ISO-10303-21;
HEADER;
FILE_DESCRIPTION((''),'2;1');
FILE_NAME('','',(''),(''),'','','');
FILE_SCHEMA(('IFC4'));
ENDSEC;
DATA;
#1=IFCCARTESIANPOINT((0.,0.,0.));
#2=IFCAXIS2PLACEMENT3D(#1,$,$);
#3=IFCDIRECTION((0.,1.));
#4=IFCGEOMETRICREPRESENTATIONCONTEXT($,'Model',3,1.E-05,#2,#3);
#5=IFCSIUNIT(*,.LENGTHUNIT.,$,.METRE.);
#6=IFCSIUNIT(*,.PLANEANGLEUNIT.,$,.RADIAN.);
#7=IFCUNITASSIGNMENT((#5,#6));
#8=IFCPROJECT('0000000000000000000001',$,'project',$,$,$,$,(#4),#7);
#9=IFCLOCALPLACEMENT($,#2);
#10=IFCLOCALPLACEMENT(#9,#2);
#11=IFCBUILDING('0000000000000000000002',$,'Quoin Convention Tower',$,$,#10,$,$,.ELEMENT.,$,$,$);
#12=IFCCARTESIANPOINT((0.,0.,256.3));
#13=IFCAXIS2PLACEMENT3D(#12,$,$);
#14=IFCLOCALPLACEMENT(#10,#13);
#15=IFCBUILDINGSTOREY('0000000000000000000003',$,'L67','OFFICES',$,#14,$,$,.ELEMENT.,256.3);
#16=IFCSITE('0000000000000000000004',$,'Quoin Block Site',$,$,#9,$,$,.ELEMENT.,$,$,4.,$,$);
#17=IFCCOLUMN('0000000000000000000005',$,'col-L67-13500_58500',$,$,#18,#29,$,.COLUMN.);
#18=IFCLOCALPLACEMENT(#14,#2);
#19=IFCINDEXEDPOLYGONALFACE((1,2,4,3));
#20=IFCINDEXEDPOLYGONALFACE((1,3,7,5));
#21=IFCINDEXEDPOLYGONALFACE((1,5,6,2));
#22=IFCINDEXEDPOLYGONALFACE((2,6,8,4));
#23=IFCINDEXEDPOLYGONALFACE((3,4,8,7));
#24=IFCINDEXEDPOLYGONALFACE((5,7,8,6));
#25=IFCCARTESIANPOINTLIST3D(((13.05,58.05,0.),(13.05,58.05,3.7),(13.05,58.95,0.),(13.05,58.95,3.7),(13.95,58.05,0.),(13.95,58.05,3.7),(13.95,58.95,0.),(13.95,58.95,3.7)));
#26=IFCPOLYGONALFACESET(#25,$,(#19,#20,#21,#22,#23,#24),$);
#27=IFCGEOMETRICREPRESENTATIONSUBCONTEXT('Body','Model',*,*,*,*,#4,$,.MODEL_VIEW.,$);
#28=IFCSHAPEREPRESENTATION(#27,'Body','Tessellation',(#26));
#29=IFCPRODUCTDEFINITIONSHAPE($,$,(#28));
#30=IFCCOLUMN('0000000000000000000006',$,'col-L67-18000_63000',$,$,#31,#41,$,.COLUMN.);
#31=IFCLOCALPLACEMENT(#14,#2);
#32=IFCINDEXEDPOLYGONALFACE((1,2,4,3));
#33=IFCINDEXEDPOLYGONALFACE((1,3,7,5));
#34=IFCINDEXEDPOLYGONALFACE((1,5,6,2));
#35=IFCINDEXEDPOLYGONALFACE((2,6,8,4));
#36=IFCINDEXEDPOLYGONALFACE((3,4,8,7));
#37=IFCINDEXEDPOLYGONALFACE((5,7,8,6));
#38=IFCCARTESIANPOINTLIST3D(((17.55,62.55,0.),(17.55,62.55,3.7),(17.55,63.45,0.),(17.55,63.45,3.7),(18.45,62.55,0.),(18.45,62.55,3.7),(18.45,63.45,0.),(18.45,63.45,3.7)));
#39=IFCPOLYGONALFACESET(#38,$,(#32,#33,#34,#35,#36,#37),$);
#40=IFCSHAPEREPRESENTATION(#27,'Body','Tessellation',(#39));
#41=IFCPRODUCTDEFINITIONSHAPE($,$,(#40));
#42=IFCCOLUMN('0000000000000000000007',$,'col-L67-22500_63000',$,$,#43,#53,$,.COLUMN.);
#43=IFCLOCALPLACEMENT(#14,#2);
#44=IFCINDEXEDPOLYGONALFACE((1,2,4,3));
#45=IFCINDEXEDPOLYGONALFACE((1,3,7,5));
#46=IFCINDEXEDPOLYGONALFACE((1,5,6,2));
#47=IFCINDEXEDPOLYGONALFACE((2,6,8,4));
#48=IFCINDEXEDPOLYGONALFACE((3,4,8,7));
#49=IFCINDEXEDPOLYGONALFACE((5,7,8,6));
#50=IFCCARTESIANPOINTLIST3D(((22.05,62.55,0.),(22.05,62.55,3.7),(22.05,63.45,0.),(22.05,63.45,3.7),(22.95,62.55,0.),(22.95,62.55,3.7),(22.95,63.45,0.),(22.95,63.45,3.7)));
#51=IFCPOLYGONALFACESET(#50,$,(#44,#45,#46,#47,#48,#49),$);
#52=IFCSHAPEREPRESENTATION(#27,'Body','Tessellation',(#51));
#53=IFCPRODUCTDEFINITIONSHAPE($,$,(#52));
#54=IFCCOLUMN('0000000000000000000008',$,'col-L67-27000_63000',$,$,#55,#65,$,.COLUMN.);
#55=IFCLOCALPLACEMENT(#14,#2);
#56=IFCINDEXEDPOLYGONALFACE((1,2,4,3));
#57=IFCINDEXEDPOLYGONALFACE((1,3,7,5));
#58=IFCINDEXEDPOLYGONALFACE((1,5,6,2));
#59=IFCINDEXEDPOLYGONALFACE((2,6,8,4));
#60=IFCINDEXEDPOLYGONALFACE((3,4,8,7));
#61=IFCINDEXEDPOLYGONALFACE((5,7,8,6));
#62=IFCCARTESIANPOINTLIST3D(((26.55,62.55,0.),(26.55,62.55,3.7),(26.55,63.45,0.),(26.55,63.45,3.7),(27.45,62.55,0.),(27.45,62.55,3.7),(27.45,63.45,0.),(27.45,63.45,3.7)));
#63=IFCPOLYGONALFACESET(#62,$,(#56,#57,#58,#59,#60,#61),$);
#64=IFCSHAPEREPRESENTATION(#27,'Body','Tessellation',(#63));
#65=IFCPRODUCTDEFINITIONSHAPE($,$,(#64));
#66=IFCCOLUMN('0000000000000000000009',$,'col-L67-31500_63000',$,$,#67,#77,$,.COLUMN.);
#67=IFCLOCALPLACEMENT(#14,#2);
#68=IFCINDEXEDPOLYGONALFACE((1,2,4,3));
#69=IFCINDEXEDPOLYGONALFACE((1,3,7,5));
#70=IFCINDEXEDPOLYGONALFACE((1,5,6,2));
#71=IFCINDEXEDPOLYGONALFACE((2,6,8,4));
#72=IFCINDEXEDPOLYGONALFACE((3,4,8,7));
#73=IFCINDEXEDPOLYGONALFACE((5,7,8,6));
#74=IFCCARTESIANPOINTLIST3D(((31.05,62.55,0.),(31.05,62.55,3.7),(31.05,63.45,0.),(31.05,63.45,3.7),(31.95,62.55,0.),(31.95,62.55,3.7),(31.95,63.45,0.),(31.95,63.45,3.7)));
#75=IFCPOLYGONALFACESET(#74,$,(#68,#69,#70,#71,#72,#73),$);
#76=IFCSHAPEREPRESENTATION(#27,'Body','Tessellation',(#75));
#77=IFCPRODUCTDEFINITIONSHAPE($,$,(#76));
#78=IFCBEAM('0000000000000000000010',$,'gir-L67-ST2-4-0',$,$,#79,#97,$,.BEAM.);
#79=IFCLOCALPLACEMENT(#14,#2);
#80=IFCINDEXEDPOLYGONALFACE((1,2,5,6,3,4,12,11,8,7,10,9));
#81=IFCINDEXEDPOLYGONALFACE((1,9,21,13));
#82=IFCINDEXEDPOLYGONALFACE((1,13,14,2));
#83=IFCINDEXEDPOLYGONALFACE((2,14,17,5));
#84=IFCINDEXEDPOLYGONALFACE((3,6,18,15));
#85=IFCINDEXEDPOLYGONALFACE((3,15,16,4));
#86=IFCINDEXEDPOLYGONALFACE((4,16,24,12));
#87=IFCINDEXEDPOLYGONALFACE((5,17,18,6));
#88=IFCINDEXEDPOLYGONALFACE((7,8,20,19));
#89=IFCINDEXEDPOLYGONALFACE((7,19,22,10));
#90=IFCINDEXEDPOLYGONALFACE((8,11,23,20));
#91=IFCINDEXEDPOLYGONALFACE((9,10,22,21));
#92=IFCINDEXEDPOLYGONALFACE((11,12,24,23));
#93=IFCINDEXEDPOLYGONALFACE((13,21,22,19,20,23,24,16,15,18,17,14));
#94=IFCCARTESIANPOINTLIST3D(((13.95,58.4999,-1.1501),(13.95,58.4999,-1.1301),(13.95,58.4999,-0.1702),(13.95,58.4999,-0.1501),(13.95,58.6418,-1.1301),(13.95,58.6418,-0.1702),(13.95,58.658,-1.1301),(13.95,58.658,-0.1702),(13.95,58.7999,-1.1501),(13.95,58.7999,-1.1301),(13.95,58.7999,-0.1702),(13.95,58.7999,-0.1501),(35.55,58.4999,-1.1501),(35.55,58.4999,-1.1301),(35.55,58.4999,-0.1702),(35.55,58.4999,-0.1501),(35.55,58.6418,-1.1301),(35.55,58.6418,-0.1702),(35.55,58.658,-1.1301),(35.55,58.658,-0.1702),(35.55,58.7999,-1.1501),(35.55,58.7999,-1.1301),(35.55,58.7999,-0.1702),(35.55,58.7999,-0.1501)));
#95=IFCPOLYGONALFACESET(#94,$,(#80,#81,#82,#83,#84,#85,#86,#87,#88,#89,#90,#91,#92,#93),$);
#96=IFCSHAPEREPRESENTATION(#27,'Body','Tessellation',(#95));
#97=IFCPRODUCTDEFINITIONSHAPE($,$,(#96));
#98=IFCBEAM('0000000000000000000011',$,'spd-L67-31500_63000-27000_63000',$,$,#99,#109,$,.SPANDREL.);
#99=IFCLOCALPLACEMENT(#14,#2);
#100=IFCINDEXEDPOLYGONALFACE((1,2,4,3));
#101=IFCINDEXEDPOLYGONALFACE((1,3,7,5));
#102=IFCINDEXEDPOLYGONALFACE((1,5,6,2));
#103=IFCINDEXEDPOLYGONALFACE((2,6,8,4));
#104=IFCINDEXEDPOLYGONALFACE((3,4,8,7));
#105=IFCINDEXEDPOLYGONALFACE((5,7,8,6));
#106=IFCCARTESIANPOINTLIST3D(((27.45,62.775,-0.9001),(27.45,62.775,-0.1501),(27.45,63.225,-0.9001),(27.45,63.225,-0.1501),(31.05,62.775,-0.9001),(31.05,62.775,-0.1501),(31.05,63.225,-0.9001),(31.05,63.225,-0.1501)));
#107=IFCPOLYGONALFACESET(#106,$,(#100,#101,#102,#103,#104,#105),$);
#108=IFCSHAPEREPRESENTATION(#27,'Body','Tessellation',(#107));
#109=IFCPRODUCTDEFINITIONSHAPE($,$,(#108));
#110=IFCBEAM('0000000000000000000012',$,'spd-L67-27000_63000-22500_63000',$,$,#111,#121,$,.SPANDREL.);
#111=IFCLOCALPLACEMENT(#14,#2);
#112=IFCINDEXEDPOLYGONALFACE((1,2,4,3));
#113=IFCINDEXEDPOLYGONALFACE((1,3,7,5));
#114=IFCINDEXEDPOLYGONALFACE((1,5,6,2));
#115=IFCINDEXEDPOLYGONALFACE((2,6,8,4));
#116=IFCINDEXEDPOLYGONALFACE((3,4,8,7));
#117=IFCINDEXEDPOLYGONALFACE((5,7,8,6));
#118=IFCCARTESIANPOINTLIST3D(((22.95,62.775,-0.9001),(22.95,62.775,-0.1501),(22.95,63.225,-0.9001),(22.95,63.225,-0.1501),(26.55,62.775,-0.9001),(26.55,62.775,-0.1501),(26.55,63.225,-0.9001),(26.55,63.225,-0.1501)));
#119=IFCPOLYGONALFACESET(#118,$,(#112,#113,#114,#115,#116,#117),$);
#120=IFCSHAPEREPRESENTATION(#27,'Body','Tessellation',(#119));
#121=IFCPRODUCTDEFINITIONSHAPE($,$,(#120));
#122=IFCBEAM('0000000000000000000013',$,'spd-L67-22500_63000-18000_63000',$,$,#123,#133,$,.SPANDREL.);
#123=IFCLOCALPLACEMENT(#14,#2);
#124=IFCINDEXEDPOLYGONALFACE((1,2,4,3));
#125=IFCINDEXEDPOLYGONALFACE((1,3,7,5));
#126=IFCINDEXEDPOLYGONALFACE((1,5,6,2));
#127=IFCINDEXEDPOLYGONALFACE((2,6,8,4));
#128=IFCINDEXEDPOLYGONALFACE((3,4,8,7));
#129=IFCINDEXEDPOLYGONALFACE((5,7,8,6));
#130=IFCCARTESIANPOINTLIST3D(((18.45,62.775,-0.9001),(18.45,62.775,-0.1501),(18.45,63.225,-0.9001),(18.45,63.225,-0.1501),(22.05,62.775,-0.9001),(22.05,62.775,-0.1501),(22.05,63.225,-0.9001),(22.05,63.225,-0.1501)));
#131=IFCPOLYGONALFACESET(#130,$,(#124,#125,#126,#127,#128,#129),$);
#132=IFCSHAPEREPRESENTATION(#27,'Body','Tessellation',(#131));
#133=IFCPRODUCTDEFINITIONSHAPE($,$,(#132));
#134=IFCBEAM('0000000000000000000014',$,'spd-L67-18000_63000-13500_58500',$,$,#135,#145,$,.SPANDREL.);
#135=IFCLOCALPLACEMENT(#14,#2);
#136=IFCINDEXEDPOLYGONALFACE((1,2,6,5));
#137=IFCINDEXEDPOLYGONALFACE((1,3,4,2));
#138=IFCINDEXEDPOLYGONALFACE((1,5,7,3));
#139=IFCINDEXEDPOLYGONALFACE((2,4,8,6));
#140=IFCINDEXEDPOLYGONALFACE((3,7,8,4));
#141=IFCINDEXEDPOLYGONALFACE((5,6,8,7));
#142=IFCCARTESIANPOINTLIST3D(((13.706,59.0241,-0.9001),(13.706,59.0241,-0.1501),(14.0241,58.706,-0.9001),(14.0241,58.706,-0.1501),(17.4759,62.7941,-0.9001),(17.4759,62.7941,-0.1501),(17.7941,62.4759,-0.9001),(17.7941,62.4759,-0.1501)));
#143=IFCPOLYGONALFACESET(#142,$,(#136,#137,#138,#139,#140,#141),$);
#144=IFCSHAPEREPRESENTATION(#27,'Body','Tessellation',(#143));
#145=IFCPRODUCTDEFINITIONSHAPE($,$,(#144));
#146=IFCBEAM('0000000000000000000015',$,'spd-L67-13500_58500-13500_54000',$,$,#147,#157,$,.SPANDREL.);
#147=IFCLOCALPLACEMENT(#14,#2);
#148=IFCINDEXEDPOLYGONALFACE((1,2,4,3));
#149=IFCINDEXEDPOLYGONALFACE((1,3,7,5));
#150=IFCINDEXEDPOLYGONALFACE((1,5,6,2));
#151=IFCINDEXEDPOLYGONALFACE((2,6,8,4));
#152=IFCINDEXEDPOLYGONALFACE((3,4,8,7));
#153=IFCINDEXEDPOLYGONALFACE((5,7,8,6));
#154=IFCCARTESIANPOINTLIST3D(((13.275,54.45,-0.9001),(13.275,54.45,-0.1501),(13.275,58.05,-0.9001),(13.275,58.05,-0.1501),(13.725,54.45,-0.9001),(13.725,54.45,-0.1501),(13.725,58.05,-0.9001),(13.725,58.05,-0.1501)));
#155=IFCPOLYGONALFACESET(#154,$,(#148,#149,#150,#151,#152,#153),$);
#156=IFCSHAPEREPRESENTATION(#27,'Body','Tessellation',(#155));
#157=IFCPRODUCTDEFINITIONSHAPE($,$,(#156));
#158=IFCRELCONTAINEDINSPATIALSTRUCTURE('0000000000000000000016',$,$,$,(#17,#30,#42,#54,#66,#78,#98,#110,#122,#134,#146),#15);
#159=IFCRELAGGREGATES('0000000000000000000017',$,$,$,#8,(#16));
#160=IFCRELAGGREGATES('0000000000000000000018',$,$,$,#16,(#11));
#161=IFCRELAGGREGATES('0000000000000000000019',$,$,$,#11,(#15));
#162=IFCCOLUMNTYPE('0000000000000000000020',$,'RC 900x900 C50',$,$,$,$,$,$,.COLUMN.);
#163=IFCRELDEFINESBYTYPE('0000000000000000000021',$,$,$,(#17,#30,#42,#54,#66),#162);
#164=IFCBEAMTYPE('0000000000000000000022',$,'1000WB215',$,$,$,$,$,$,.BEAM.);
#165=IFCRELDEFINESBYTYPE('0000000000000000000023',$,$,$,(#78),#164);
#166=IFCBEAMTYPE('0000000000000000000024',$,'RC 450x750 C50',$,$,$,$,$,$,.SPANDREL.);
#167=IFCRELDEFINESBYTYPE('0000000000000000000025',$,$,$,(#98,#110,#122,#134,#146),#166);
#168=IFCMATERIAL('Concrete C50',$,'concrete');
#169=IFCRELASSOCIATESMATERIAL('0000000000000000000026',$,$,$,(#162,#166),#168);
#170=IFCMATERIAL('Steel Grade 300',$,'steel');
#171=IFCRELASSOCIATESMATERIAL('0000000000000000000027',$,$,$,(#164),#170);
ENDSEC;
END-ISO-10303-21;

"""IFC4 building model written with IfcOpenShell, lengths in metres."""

from ifc_helpers import new_model, si_unit, direction, frame, origin, origin_2d, place, context, subcontext, project, spatial, rectangle, i_section, extrude, material, material_profile, profile_set, type_object, element, save


model = new_model("IFC4")

# Units and contexts
model_context = context("Model", 3, precision=1e-05, world=origin(), true_north=direction((0.0, 1.0)))
body_context = subcontext(model_context, "Body", "Model", "MODEL_VIEW")
ifc_project = project(units=[si_unit("LENGTHUNIT", "METRE"), si_unit("PLANEANGLEUNIT", "RADIAN")], contexts=[model_context])

# Site, building, storey
site_placement = place(None, origin())
site = spatial("IfcSite", under=ifc_project, at=site_placement, Name="Quoin Block Site", CompositionType="ELEMENT", RefElevation=4.0)
building_placement = place(site_placement, origin())
building = spatial("IfcBuilding", under=site, at=building_placement, Name="Quoin Convention Tower", CompositionType="ELEMENT")
storey_placement = place(building_placement, frame((0.0, 0.0, 256.3)))
storey = spatial("IfcBuildingStorey", under=building, at=storey_placement, Name="L67", Description="OFFICES", CompositionType="ELEMENT", Elevation=256.3)

# Columns
ifc_material_1 = material(Name="Concrete C50", Category="concrete")
ifc_material_profile_1 = material_profile(ifc_material_1, rectangle(XDim=0.8999, YDim=0.8999, at=origin_2d()), Name="RC 900x900")
ifc_profile_set_1 = profile_set([ifc_material_profile_1], Name="Concrete C50")
column_type = type_object("IfcColumnType", Name="RC 900x900 C50", PredefinedType="COLUMN", material=ifc_profile_set_1)
for number, where, z_axis, x_axis, name in (
    (1, (13.5, 58.5, 0.0), (0.0, 0.0, 1.0), (1.0, 0.0, 0.0), "col-L67-13500_58500"),
    (2, (18.0, 63.0, 0.0), (0.0, 0.0, 1.0), (1.0, 0.0, 0.0), "col-L67-18000_63000"),
    (3, (22.5, 63.0, 0.0), (0.0, 0.0, 1.0), (1.0, 0.0, 0.0), "col-L67-22500_63000"),
    (4, (27.0, 63.0, 0.0), (0.0, 0.0, 1.0), (1.0, 0.0, 0.0), "col-L67-27000_63000"),
    (5, (31.5, 63.0, 0.0), (0.0, 0.0, 1.0), (1.0, 0.0, 0.0), "col-L67-31500_63000"),
):
    element("IfcColumn", number, at=place(storey_placement, frame(where, z_axis=z_axis, x_axis=x_axis)), inside=storey, type_object=column_type, Name=name, PredefinedType="COLUMN", context=body_context, shape_type="SweptSolid", body=[
        extrude(rectangle(XDim=0.8999, YDim=0.8999, at=origin_2d()), origin(), (0.0, 0.0, 1.0), 3.7),
    ])

# Beams
ifc_material_2 = material(Name="Steel Grade 300", Category="steel")
ifc_material_profile_2 = material_profile(ifc_material_2, i_section(OverallWidth=0.3, OverallDepth=1.0, WebThickness=0.0161, FlangeThickness=0.02, at=origin_2d()), Name="1000WB215")
ifc_profile_set_2 = profile_set([ifc_material_profile_2], Name="Steel Grade 300")
beam_type_1 = type_object("IfcBeamType", Name="1000WB215", PredefinedType="BEAM", material=ifc_profile_set_2)
beam_1_placement = place(storey_placement, frame((13.95, 58.6499, -0.6501), z_axis=(1.0, 0.0, 0.0), x_axis=(0.0, 1.0, 0.0)))
element("IfcBeam", 6, at=beam_1_placement, inside=storey, type_object=beam_type_1, Name="gir-L67-ST2-4-0", PredefinedType="BEAM", context=body_context, shape_type="SweptSolid", body=[
    extrude(i_section(OverallWidth=0.3, OverallDepth=1.0, WebThickness=0.0161, FlangeThickness=0.02, at=origin_2d()), origin(), (0.0, 0.0, 1.0), 21.6001),
])
ifc_material_profile_3 = material_profile(ifc_material_1, rectangle(XDim=0.45, YDim=0.75, at=origin_2d()), Name="RC 450x750")
ifc_profile_set_3 = profile_set([ifc_material_profile_3], Name="Concrete C50")
beam_type_2 = type_object("IfcBeamType", Name="RC 450x750 C50", PredefinedType="SPANDREL", material=ifc_profile_set_3)
for number, where, z_axis, x_axis, name in (
    (7, (31.05, 63.0, -0.5251), (-1.0, 0.0, 0.0), (0.0, -1.0, 0.0), "spd-L67-31500_63000-27000_63000"),
    (8, (26.55, 63.0, -0.5251), (-1.0, 0.0, 0.0), (0.0, -1.0, 0.0), "spd-L67-27000_63000-22500_63000"),
    (9, (22.05, 63.0, -0.5251), (-1.0, 0.0, 0.0), (0.0, -1.0, 0.0), "spd-L67-22500_63000-18000_63000"),
):
    element("IfcBeam", number, at=place(storey_placement, frame(where, z_axis=z_axis, x_axis=x_axis)), inside=storey, type_object=beam_type_2, Name=name, PredefinedType="SPANDREL", context=body_context, shape_type="SweptSolid", body=[
        extrude(rectangle(XDim=0.45, YDim=0.75, at=origin_2d()), origin(), (0.0, 0.0, 1.0), 3.6001),
    ])
beam_2_placement = place(storey_placement, frame((17.635, 62.635, -0.5251), z_axis=(-0.707107, -0.707107, 0.0), x_axis=(0.707107, -0.707107, 0.0)))
element("IfcBeam", 10, at=beam_2_placement, inside=storey, type_object=beam_type_2, Name="spd-L67-18000_63000-13500_58500", PredefinedType="SPANDREL", context=body_context, shape_type="SweptSolid", body=[
    extrude(rectangle(XDim=0.45, YDim=0.75, at=origin_2d()), origin(), (0.0, 0.0, 1.0), 5.3315),
])
beam_3_placement = place(storey_placement, frame((13.5, 58.05, -0.5251), z_axis=(0.0, -1.0, 0.0), x_axis=(1.0, 0.0, 0.0)))
element("IfcBeam", 11, at=beam_3_placement, inside=storey, type_object=beam_type_2, Name="spd-L67-13500_58500-13500_54000", PredefinedType="SPANDREL", context=body_context, shape_type="SweptSolid", body=[
    extrude(rectangle(XDim=0.45, YDim=0.75, at=origin_2d()), origin(), (0.0, 0.0, 1.0), 3.6001),
])

save(model, "model.ifc")
